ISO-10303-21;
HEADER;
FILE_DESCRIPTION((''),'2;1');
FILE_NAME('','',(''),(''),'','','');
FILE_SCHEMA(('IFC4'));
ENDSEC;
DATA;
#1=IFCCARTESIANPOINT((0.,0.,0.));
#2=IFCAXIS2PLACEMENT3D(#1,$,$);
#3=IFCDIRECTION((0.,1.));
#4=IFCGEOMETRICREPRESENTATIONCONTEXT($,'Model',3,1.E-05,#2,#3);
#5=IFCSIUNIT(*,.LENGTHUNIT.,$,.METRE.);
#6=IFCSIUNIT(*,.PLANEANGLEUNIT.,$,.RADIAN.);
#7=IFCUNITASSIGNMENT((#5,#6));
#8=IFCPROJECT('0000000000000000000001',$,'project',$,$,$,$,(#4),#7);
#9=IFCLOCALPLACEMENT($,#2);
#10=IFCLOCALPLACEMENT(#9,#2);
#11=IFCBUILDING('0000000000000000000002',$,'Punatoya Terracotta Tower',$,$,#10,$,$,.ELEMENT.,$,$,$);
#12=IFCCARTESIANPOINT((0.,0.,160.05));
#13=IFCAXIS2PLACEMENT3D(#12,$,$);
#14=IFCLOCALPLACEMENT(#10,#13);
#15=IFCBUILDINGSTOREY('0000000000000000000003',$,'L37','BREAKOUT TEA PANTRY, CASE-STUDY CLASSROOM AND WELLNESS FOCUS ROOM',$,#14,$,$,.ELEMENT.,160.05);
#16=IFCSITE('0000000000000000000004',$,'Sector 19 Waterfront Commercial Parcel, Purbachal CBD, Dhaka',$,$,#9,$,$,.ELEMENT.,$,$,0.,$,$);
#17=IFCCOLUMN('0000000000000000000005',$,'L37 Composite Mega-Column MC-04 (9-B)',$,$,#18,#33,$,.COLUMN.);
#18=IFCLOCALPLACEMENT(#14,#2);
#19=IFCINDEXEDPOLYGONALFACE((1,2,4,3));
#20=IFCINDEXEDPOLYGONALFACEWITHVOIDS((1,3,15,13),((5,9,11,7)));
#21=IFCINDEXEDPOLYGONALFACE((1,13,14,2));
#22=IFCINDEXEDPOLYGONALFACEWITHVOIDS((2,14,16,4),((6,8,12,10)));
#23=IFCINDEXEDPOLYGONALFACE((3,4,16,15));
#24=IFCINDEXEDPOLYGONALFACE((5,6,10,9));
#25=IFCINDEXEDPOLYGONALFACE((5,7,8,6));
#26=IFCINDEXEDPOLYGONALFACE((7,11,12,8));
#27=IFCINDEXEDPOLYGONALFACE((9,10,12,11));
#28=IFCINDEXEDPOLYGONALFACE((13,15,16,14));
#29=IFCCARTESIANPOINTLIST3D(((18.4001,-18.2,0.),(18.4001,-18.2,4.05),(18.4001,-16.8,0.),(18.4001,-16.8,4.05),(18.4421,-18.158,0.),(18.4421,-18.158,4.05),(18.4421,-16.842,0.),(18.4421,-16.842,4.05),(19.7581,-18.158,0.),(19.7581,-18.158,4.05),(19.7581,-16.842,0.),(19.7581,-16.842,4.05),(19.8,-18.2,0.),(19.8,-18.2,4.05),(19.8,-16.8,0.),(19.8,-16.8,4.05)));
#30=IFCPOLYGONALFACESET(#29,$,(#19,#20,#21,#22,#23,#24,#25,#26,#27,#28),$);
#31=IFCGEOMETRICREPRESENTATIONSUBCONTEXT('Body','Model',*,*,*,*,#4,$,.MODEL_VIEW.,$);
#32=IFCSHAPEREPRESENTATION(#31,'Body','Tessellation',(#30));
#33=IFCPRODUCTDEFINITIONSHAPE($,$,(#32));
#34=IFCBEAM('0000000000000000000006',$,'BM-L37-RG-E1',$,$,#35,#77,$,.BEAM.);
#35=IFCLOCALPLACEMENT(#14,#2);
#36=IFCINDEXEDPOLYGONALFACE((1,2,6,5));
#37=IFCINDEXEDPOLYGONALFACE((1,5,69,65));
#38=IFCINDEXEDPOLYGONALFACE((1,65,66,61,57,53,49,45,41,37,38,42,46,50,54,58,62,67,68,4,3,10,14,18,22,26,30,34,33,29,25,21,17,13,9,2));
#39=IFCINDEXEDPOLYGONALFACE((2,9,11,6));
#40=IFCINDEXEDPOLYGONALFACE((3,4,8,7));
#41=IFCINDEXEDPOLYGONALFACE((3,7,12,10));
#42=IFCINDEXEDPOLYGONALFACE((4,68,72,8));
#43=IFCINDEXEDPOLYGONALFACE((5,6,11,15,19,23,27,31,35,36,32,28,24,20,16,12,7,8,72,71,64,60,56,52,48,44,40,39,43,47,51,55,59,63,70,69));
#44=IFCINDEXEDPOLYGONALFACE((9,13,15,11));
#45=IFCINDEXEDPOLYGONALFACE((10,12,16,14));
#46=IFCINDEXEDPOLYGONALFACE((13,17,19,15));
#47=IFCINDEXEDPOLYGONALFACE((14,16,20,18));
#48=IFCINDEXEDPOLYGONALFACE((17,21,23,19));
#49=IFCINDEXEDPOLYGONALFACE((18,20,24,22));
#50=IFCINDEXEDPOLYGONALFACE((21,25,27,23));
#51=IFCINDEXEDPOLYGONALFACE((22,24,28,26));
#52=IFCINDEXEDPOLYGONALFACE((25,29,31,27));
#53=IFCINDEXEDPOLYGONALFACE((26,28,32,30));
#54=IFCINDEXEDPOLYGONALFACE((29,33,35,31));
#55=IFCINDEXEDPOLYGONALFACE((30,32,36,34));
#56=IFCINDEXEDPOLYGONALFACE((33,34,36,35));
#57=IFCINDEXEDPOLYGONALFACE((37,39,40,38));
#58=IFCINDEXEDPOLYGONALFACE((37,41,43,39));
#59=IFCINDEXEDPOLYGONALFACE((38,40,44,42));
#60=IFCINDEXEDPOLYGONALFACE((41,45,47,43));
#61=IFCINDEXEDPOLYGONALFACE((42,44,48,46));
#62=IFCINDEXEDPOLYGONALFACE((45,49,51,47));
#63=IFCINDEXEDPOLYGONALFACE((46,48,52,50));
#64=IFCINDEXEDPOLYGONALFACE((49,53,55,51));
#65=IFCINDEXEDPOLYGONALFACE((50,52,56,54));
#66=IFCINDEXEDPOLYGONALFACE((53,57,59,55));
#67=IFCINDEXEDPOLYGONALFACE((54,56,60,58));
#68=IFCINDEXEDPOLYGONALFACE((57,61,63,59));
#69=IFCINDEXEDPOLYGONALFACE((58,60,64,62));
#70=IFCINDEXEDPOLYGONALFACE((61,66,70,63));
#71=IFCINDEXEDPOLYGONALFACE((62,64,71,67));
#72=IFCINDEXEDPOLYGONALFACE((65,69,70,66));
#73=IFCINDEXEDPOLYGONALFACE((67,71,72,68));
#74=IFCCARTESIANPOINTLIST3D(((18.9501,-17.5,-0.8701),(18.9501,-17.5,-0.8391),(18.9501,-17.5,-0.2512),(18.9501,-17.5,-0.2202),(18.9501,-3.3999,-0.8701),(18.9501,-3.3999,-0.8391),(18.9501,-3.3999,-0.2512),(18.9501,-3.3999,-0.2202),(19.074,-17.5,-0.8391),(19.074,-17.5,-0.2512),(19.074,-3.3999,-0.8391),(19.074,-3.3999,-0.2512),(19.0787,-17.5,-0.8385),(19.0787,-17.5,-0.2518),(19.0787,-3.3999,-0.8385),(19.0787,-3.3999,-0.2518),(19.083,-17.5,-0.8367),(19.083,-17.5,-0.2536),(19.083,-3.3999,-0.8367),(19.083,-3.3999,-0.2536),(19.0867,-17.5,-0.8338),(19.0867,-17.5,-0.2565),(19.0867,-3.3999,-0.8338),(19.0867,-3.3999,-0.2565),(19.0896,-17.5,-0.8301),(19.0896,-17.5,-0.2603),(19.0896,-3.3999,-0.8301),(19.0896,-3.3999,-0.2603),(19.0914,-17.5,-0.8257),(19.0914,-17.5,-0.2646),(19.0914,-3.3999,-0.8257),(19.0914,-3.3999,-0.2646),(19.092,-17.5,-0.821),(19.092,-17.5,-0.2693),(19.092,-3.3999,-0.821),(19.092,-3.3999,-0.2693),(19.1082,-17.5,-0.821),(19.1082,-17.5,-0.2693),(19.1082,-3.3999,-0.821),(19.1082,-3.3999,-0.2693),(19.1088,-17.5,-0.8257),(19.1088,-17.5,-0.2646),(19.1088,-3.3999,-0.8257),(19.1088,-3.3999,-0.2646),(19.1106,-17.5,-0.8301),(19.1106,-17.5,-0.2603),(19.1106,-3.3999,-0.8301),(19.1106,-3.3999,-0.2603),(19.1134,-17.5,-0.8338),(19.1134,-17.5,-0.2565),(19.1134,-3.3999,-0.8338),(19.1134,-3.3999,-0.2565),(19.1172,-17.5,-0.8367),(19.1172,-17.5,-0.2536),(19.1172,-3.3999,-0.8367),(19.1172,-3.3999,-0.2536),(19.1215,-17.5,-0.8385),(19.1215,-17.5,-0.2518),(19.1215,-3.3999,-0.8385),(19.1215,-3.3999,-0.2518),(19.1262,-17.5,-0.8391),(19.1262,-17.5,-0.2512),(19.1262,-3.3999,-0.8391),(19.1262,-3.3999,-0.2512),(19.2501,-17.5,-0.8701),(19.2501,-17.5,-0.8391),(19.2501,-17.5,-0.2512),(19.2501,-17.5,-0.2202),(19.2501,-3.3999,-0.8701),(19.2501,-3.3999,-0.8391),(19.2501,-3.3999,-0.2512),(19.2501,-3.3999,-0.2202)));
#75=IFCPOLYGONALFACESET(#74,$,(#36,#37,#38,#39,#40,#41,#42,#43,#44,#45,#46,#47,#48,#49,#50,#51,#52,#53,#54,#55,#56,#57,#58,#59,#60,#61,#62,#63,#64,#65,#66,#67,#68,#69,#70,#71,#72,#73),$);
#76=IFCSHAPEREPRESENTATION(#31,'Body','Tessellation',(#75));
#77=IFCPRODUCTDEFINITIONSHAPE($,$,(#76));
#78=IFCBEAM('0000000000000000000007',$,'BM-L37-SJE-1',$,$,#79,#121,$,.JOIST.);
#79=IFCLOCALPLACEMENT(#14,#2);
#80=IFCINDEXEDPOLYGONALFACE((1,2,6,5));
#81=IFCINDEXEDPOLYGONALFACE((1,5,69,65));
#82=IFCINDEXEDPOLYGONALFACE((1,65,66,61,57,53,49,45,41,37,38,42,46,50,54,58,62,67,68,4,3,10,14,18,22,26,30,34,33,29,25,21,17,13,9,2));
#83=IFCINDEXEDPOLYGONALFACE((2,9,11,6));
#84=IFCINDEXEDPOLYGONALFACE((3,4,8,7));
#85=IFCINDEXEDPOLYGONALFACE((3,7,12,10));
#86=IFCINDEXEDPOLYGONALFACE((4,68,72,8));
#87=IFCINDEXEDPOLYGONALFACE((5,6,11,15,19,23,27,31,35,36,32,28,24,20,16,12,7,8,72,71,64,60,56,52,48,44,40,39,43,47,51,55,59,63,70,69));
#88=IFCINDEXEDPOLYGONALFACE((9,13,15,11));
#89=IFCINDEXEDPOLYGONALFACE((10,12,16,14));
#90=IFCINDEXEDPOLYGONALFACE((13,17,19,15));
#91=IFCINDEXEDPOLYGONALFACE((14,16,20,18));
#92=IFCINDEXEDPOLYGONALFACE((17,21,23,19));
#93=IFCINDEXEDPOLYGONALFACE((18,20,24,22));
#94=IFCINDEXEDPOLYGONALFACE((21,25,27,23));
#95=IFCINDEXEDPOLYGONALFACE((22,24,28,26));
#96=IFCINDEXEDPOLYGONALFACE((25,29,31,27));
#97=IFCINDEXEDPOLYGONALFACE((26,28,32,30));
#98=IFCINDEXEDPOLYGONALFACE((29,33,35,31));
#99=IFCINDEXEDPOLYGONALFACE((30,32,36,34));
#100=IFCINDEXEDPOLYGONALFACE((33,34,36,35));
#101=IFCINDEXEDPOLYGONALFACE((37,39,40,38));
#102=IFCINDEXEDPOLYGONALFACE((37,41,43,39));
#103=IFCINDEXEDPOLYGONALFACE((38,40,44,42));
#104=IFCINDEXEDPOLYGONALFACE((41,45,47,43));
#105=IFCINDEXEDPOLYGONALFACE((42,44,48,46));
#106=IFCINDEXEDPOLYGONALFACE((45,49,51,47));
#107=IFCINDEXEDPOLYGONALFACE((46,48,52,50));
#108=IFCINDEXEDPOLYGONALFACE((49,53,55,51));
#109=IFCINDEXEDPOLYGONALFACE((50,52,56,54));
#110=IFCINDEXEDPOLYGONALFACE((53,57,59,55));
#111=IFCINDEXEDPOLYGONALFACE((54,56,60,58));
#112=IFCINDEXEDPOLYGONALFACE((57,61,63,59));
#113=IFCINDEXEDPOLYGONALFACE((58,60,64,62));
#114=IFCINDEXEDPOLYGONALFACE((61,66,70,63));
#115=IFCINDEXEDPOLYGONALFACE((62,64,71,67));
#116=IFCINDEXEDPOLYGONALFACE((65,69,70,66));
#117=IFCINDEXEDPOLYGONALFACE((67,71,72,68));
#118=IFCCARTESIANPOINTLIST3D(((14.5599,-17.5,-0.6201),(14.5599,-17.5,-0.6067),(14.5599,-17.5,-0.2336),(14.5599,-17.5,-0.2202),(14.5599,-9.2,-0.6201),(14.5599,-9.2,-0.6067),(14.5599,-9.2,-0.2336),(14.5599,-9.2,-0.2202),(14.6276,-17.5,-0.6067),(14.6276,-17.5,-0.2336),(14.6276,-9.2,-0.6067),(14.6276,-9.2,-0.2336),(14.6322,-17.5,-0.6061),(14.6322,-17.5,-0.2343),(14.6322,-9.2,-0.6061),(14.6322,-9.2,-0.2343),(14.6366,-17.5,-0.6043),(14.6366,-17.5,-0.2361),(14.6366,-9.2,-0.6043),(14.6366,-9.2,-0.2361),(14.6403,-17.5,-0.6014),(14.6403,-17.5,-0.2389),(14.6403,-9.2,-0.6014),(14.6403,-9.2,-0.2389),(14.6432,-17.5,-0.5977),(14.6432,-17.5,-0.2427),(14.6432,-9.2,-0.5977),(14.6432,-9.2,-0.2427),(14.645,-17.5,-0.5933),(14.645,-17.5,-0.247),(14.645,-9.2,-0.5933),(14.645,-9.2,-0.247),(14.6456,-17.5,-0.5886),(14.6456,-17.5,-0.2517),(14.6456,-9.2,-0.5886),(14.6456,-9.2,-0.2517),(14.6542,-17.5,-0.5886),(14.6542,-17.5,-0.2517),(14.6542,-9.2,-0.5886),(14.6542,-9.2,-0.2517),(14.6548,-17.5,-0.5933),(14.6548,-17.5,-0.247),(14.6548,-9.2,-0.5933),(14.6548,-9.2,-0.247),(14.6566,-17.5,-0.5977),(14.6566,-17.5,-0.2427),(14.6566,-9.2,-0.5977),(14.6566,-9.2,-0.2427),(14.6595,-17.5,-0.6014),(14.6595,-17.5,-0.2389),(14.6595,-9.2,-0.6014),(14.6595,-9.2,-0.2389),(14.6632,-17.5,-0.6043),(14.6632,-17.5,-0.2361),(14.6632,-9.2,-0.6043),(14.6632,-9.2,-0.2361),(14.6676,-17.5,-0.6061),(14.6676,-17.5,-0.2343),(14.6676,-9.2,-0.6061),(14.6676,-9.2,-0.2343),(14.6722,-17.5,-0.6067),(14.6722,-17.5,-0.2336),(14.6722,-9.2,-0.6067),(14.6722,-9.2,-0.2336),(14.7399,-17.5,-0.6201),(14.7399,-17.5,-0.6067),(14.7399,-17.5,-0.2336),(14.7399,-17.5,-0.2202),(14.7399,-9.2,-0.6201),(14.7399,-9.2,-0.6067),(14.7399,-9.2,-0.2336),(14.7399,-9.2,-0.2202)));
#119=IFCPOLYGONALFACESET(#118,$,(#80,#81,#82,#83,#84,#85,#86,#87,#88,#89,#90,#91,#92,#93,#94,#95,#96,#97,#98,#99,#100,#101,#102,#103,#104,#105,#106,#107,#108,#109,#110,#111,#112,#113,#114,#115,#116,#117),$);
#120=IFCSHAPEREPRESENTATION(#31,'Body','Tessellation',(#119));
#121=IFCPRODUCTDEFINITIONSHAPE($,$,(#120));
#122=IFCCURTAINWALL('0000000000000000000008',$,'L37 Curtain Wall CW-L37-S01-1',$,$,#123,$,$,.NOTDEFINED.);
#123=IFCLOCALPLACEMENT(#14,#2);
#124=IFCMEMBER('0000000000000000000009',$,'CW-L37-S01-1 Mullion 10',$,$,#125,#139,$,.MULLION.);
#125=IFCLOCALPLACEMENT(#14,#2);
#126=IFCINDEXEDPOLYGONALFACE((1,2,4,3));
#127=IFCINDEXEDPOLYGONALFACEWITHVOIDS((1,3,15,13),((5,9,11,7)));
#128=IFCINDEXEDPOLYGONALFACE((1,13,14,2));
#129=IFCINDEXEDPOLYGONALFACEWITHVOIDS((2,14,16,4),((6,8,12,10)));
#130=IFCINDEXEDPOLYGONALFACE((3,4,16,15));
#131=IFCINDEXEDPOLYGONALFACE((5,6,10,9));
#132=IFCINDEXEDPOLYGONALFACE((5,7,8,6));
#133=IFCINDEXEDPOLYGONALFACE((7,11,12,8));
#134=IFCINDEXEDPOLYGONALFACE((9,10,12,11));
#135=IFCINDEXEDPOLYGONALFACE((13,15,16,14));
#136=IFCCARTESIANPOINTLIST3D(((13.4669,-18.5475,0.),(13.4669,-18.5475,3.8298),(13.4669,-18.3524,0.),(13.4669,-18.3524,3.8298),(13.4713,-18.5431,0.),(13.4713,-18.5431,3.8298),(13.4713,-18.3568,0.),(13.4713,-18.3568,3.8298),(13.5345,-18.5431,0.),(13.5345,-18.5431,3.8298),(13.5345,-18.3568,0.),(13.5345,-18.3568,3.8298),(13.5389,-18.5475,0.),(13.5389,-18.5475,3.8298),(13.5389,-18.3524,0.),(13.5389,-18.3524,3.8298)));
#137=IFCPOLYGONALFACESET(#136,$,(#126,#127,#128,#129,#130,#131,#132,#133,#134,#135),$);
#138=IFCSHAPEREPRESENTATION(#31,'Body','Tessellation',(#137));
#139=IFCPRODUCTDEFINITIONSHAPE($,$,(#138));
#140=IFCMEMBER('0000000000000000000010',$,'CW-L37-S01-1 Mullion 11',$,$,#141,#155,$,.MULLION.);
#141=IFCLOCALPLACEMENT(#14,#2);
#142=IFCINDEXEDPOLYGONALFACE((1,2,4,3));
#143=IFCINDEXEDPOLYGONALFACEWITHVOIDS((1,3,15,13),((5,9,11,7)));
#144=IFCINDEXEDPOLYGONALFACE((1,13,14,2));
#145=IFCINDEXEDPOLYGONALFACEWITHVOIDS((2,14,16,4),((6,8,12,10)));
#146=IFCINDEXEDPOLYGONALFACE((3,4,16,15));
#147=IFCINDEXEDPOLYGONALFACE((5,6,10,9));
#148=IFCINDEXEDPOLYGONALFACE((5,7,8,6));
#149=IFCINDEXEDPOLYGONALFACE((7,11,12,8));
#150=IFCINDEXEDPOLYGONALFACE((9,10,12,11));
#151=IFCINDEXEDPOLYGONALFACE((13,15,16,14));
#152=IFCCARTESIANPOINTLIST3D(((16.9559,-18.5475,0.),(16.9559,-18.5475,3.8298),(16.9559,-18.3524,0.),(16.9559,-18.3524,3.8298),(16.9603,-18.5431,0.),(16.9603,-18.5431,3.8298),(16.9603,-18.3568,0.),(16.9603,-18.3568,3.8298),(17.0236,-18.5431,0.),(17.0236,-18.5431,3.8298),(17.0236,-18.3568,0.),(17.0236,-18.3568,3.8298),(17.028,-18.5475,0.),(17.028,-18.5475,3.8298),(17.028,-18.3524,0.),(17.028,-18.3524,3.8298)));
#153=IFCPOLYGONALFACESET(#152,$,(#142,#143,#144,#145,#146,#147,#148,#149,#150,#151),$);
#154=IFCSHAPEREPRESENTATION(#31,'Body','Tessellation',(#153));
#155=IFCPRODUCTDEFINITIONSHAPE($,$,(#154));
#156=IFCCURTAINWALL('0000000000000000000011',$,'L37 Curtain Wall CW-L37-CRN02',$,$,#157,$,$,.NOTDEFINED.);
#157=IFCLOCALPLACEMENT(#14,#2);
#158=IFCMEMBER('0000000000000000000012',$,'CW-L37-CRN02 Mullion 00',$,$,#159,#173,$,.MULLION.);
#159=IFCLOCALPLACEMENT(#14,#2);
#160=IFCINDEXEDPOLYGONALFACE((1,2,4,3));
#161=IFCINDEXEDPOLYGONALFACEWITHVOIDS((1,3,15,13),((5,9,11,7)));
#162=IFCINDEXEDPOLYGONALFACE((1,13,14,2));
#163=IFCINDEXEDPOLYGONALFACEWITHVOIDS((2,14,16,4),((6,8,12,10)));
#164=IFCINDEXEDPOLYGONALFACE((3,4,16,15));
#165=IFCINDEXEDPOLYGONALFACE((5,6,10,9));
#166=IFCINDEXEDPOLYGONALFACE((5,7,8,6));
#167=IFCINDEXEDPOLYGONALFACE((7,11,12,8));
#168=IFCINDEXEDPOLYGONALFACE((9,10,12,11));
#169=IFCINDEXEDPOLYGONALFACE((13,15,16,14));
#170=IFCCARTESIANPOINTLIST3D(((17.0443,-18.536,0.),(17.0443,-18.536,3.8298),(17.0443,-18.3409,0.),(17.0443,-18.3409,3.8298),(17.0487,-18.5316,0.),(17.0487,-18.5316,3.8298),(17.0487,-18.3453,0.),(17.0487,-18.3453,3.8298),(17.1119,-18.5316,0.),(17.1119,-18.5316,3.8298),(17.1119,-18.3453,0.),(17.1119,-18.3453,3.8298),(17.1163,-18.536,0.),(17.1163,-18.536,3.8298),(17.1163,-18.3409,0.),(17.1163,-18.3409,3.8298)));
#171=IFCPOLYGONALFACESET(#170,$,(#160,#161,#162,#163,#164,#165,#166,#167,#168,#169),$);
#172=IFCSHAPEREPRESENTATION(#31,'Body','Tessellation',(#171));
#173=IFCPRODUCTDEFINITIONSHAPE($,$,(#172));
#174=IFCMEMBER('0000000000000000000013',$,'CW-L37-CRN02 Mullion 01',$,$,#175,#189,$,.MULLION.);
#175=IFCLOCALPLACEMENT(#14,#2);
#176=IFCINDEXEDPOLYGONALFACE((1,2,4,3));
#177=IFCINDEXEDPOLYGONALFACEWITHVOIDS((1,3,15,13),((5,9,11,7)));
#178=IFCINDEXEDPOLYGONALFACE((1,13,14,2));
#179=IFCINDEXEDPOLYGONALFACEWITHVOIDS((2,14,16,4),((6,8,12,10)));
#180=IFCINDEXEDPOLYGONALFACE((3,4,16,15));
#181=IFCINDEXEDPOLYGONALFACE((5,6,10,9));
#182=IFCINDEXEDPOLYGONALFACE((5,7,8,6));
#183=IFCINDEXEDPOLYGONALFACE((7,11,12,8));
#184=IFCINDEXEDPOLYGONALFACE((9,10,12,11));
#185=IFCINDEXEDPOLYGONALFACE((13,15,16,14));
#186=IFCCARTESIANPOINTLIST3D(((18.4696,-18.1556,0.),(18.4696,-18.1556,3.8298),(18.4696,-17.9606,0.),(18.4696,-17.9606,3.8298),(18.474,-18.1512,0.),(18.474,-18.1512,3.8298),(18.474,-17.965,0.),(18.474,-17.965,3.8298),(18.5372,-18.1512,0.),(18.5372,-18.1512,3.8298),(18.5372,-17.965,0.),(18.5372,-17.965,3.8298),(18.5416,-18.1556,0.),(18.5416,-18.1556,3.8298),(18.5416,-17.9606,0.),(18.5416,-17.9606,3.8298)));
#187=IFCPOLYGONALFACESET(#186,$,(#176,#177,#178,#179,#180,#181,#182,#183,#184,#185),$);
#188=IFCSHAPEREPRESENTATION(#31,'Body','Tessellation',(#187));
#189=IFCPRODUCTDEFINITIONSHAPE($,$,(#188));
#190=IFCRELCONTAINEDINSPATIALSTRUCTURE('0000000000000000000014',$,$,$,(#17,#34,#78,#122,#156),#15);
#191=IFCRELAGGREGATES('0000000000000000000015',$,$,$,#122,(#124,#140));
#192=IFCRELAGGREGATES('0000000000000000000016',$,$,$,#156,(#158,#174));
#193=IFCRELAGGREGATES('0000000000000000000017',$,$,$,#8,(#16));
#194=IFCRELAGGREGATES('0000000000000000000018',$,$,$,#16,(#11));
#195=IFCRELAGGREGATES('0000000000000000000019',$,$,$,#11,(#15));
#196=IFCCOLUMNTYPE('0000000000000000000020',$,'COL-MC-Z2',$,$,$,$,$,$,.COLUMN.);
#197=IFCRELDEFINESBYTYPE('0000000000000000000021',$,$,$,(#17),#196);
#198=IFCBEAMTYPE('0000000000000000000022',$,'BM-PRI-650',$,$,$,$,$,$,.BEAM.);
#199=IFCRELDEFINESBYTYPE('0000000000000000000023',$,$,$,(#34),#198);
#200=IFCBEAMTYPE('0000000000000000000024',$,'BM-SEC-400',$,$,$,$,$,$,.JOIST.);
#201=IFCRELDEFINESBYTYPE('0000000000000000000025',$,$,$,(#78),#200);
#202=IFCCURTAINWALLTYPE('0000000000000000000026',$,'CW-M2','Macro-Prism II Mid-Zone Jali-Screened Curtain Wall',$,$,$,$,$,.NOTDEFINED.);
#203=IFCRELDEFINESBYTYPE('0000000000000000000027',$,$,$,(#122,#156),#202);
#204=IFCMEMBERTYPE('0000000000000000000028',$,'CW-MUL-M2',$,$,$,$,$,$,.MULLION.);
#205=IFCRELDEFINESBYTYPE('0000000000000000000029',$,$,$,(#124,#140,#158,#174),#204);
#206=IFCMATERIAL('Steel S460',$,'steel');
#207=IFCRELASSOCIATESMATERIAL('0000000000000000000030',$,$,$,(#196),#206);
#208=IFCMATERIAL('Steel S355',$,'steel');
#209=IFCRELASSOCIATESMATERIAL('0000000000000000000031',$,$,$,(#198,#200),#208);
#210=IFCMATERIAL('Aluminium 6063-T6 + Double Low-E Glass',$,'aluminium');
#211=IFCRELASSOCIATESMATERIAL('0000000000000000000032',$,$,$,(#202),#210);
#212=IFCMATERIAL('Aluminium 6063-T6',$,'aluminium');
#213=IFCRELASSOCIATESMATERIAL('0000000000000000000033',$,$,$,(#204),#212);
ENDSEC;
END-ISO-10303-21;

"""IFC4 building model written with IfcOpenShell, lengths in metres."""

from ifc_helpers import new_model, si_unit, direction, frame, origin, origin_2d, place, context, subcontext, project, spatial, hollow_rectangle, i_section, extrude, material, material_profile, profile_set, type_object, element, aggregate, save


model = new_model("IFC4")

# Units and contexts
model_context = context("Model", 3, precision=1e-05, world=origin(), true_north=direction((0.0, 1.0)))
body_context = subcontext(model_context, "Body", "Model", "MODEL_VIEW")
ifc_project = project(units=[si_unit("LENGTHUNIT", "METRE"), si_unit("PLANEANGLEUNIT", "RADIAN")], contexts=[model_context])

# Site, building, storey
site_placement = place(None, origin())
site = spatial("IfcSite", under=ifc_project, at=site_placement, Name="Sector 19 Waterfront Commercial Parcel, Purbachal CBD, Dhaka", CompositionType="ELEMENT", RefElevation=0.0)
building_placement = place(site_placement, origin())
building = spatial("IfcBuilding", under=site, at=building_placement, Name="Punatoya Terracotta Tower", CompositionType="ELEMENT")
storey_placement = place(building_placement, frame((0.0, 0.0, 160.05)))
storey = spatial("IfcBuildingStorey", under=building, at=storey_placement, Name="L37", Description="BREAKOUT TEA PANTRY, CASE-STUDY CLASSROOM AND WELLNESS FOCUS ROOM", CompositionType="ELEMENT", Elevation=160.05)

# Column
ifc_material_1 = material(Name="Steel S460", Category="steel")
ifc_material_profile_1 = material_profile(ifc_material_1, hollow_rectangle(XDim=1.3999, YDim=1.3999, WallThickness=0.042, at=origin_2d()))
ifc_profile_set_1 = profile_set([ifc_material_profile_1], Name="Steel S460")
column_type = type_object("IfcColumnType", Name="COL-MC-Z2", PredefinedType="COLUMN", material=ifc_profile_set_1)
column_placement = place(storey_placement, frame((19.1001, -17.5, 0.0), z_axis=(0.0, 0.0, 1.0), x_axis=(1.0, 0.0, 0.0)))
element("IfcColumn", 1, at=column_placement, inside=storey, type_object=column_type, Name="L37 Composite Mega-Column MC-04 (9-B)", PredefinedType="COLUMN", context=body_context, shape_type="SweptSolid", body=[
    extrude(hollow_rectangle(XDim=1.3999, YDim=1.3999, WallThickness=0.042, at=origin_2d()), origin(), (0.0, 0.0, 1.0), 4.05),
])

# Beams
ifc_material_2 = material(Name="Steel S355", Category="steel")
ifc_material_profile_2 = material_profile(ifc_material_2, i_section(OverallWidth=0.3, OverallDepth=0.6499, WebThickness=0.0161, FlangeThickness=0.031, FilletRadius=0.0181, at=origin_2d()))
ifc_profile_set_2 = profile_set([ifc_material_profile_2], Name="Steel S355")
beam_type_1 = type_object("IfcBeamType", Name="BM-PRI-650", PredefinedType="BEAM", material=ifc_profile_set_2)
beam_1_placement = place(storey_placement, frame((19.1001, -17.5, -0.5452), z_axis=(0.0, 1.0, 0.0), x_axis=(-1.0, 0.0, 0.0)))
element("IfcBeam", 2, at=beam_1_placement, inside=storey, type_object=beam_type_1, Name="BM-L37-RG-E1", PredefinedType="BEAM", context=body_context, shape_type="SweptSolid", body=[
    extrude(i_section(OverallWidth=0.3, OverallDepth=0.6499, WebThickness=0.0161, FlangeThickness=0.031, FilletRadius=0.0181, at=origin_2d()), origin(), (0.0, 0.0, 1.0), 14.1001),
])
ifc_material_profile_3 = material_profile(ifc_material_2, i_section(OverallWidth=0.1799, OverallDepth=0.3999, WebThickness=0.0085, FlangeThickness=0.0134, FilletRadius=0.0181, at=origin_2d()))
ifc_profile_set_3 = profile_set([ifc_material_profile_3], Name="Steel S355")
beam_type_2 = type_object("IfcBeamType", Name="BM-SEC-400", PredefinedType="JOIST", material=ifc_profile_set_3)
beam_2_placement = place(storey_placement, frame((14.6499, -17.5, -0.4202), z_axis=(0.0, 1.0, 0.0), x_axis=(-1.0, 0.0, 0.0)))
element("IfcBeam", 3, at=beam_2_placement, inside=storey, type_object=beam_type_2, Name="BM-L37-SJE-1", PredefinedType="JOIST", context=body_context, shape_type="SweptSolid", body=[
    extrude(i_section(OverallWidth=0.1799, OverallDepth=0.3999, WebThickness=0.0085, FlangeThickness=0.0134, FilletRadius=0.0181, at=origin_2d()), origin(), (0.0, 0.0, 1.0), 8.3),
])

# Curtain walls, members
ifc_material_3 = material(Name="Aluminium 6063-T6 + Double Low-E Glass", Category="aluminium")
curtain_wall_type = type_object("IfcCurtainWallType", Name="CW-M2", Description="Macro-Prism II Mid-Zone Jali-Screened Curtain Wall", PredefinedType="NOTDEFINED", material=ifc_material_3)
curtain_wall_1_placement = place(storey_placement, origin())
curtain_wall_1 = element("IfcCurtainWall", 4, at=curtain_wall_1_placement, inside=storey, type_object=curtain_wall_type, Name="L37 Curtain Wall CW-L37-S01-1", PredefinedType="NOTDEFINED")
ifc_material_4 = material(Name="Aluminium 6063-T6", Category="aluminium")
ifc_material_profile_4 = material_profile(ifc_material_4, hollow_rectangle(XDim=0.072, YDim=0.1951, WallThickness=0.0044, at=origin_2d()))
ifc_profile_set_4 = profile_set([ifc_material_profile_4], Name="Aluminium 6063-T6")
member_type_1 = type_object("IfcMemberType", Name="CW-MUL-M2", PredefinedType="MULLION", material=ifc_profile_set_4)
member_1_placement = place(storey_placement, frame((13.5029, -18.45, 0.0), z_axis=(0.0, 0.0, 1.0), x_axis=(1.0, 0.0, 0.0)))
member_1 = element("IfcMember", 5, at=member_1_placement, type_object=member_type_1, Name="CW-L37-S01-1 Mullion 10", PredefinedType="MULLION", context=body_context, shape_type="SweptSolid", body=[
    extrude(hollow_rectangle(XDim=0.072, YDim=0.1951, WallThickness=0.0044, at=origin_2d()), origin(), (0.0, 0.0, 1.0), 3.8298),
])
member_2_placement = place(storey_placement, frame((16.9919, -18.45, 0.0), z_axis=(0.0, 0.0, 1.0), x_axis=(1.0, 0.0, 0.0)))
member_2 = element("IfcMember", 6, at=member_2_placement, type_object=member_type_1, Name="CW-L37-S01-1 Mullion 11", PredefinedType="MULLION", context=body_context, shape_type="SweptSolid", body=[
    extrude(hollow_rectangle(XDim=0.072, YDim=0.1951, WallThickness=0.0044, at=origin_2d()), origin(), (0.0, 0.0, 1.0), 3.8298),
])
curtain_wall_2_placement = place(storey_placement, origin())
curtain_wall_2 = element("IfcCurtainWall", 7, at=curtain_wall_2_placement, inside=storey, type_object=curtain_wall_type, Name="L37 Curtain Wall CW-L37-CRN02", PredefinedType="NOTDEFINED")
member_3_placement = place(storey_placement, frame((17.0803, -18.4385, 0.0), z_axis=(0.0, 0.0, 1.0), x_axis=(1.0, 0.0, 0.0)))
member_3 = element("IfcMember", 8, at=member_3_placement, type_object=member_type_1, Name="CW-L37-CRN02 Mullion 00", PredefinedType="MULLION", context=body_context, shape_type="SweptSolid", body=[
    extrude(hollow_rectangle(XDim=0.072, YDim=0.1951, WallThickness=0.0044, at=origin_2d()), origin(), (0.0, 0.0, 1.0), 3.8298),
])
member_4_placement = place(storey_placement, frame((18.5056, -18.0581, 0.0), z_axis=(0.0, 0.0, 1.0), x_axis=(1.0, 0.0, 0.0)))
member_4 = element("IfcMember", 9, at=member_4_placement, type_object=member_type_1, Name="CW-L37-CRN02 Mullion 01", PredefinedType="MULLION", context=body_context, shape_type="SweptSolid", body=[
    extrude(hollow_rectangle(XDim=0.072, YDim=0.1951, WallThickness=0.0044, at=origin_2d()), origin(), (0.0, 0.0, 1.0), 3.8298),
])

aggregate(curtain_wall_1, [member_1, member_2])
aggregate(curtain_wall_2, [member_3, member_4])

save(model, "model.ifc")
